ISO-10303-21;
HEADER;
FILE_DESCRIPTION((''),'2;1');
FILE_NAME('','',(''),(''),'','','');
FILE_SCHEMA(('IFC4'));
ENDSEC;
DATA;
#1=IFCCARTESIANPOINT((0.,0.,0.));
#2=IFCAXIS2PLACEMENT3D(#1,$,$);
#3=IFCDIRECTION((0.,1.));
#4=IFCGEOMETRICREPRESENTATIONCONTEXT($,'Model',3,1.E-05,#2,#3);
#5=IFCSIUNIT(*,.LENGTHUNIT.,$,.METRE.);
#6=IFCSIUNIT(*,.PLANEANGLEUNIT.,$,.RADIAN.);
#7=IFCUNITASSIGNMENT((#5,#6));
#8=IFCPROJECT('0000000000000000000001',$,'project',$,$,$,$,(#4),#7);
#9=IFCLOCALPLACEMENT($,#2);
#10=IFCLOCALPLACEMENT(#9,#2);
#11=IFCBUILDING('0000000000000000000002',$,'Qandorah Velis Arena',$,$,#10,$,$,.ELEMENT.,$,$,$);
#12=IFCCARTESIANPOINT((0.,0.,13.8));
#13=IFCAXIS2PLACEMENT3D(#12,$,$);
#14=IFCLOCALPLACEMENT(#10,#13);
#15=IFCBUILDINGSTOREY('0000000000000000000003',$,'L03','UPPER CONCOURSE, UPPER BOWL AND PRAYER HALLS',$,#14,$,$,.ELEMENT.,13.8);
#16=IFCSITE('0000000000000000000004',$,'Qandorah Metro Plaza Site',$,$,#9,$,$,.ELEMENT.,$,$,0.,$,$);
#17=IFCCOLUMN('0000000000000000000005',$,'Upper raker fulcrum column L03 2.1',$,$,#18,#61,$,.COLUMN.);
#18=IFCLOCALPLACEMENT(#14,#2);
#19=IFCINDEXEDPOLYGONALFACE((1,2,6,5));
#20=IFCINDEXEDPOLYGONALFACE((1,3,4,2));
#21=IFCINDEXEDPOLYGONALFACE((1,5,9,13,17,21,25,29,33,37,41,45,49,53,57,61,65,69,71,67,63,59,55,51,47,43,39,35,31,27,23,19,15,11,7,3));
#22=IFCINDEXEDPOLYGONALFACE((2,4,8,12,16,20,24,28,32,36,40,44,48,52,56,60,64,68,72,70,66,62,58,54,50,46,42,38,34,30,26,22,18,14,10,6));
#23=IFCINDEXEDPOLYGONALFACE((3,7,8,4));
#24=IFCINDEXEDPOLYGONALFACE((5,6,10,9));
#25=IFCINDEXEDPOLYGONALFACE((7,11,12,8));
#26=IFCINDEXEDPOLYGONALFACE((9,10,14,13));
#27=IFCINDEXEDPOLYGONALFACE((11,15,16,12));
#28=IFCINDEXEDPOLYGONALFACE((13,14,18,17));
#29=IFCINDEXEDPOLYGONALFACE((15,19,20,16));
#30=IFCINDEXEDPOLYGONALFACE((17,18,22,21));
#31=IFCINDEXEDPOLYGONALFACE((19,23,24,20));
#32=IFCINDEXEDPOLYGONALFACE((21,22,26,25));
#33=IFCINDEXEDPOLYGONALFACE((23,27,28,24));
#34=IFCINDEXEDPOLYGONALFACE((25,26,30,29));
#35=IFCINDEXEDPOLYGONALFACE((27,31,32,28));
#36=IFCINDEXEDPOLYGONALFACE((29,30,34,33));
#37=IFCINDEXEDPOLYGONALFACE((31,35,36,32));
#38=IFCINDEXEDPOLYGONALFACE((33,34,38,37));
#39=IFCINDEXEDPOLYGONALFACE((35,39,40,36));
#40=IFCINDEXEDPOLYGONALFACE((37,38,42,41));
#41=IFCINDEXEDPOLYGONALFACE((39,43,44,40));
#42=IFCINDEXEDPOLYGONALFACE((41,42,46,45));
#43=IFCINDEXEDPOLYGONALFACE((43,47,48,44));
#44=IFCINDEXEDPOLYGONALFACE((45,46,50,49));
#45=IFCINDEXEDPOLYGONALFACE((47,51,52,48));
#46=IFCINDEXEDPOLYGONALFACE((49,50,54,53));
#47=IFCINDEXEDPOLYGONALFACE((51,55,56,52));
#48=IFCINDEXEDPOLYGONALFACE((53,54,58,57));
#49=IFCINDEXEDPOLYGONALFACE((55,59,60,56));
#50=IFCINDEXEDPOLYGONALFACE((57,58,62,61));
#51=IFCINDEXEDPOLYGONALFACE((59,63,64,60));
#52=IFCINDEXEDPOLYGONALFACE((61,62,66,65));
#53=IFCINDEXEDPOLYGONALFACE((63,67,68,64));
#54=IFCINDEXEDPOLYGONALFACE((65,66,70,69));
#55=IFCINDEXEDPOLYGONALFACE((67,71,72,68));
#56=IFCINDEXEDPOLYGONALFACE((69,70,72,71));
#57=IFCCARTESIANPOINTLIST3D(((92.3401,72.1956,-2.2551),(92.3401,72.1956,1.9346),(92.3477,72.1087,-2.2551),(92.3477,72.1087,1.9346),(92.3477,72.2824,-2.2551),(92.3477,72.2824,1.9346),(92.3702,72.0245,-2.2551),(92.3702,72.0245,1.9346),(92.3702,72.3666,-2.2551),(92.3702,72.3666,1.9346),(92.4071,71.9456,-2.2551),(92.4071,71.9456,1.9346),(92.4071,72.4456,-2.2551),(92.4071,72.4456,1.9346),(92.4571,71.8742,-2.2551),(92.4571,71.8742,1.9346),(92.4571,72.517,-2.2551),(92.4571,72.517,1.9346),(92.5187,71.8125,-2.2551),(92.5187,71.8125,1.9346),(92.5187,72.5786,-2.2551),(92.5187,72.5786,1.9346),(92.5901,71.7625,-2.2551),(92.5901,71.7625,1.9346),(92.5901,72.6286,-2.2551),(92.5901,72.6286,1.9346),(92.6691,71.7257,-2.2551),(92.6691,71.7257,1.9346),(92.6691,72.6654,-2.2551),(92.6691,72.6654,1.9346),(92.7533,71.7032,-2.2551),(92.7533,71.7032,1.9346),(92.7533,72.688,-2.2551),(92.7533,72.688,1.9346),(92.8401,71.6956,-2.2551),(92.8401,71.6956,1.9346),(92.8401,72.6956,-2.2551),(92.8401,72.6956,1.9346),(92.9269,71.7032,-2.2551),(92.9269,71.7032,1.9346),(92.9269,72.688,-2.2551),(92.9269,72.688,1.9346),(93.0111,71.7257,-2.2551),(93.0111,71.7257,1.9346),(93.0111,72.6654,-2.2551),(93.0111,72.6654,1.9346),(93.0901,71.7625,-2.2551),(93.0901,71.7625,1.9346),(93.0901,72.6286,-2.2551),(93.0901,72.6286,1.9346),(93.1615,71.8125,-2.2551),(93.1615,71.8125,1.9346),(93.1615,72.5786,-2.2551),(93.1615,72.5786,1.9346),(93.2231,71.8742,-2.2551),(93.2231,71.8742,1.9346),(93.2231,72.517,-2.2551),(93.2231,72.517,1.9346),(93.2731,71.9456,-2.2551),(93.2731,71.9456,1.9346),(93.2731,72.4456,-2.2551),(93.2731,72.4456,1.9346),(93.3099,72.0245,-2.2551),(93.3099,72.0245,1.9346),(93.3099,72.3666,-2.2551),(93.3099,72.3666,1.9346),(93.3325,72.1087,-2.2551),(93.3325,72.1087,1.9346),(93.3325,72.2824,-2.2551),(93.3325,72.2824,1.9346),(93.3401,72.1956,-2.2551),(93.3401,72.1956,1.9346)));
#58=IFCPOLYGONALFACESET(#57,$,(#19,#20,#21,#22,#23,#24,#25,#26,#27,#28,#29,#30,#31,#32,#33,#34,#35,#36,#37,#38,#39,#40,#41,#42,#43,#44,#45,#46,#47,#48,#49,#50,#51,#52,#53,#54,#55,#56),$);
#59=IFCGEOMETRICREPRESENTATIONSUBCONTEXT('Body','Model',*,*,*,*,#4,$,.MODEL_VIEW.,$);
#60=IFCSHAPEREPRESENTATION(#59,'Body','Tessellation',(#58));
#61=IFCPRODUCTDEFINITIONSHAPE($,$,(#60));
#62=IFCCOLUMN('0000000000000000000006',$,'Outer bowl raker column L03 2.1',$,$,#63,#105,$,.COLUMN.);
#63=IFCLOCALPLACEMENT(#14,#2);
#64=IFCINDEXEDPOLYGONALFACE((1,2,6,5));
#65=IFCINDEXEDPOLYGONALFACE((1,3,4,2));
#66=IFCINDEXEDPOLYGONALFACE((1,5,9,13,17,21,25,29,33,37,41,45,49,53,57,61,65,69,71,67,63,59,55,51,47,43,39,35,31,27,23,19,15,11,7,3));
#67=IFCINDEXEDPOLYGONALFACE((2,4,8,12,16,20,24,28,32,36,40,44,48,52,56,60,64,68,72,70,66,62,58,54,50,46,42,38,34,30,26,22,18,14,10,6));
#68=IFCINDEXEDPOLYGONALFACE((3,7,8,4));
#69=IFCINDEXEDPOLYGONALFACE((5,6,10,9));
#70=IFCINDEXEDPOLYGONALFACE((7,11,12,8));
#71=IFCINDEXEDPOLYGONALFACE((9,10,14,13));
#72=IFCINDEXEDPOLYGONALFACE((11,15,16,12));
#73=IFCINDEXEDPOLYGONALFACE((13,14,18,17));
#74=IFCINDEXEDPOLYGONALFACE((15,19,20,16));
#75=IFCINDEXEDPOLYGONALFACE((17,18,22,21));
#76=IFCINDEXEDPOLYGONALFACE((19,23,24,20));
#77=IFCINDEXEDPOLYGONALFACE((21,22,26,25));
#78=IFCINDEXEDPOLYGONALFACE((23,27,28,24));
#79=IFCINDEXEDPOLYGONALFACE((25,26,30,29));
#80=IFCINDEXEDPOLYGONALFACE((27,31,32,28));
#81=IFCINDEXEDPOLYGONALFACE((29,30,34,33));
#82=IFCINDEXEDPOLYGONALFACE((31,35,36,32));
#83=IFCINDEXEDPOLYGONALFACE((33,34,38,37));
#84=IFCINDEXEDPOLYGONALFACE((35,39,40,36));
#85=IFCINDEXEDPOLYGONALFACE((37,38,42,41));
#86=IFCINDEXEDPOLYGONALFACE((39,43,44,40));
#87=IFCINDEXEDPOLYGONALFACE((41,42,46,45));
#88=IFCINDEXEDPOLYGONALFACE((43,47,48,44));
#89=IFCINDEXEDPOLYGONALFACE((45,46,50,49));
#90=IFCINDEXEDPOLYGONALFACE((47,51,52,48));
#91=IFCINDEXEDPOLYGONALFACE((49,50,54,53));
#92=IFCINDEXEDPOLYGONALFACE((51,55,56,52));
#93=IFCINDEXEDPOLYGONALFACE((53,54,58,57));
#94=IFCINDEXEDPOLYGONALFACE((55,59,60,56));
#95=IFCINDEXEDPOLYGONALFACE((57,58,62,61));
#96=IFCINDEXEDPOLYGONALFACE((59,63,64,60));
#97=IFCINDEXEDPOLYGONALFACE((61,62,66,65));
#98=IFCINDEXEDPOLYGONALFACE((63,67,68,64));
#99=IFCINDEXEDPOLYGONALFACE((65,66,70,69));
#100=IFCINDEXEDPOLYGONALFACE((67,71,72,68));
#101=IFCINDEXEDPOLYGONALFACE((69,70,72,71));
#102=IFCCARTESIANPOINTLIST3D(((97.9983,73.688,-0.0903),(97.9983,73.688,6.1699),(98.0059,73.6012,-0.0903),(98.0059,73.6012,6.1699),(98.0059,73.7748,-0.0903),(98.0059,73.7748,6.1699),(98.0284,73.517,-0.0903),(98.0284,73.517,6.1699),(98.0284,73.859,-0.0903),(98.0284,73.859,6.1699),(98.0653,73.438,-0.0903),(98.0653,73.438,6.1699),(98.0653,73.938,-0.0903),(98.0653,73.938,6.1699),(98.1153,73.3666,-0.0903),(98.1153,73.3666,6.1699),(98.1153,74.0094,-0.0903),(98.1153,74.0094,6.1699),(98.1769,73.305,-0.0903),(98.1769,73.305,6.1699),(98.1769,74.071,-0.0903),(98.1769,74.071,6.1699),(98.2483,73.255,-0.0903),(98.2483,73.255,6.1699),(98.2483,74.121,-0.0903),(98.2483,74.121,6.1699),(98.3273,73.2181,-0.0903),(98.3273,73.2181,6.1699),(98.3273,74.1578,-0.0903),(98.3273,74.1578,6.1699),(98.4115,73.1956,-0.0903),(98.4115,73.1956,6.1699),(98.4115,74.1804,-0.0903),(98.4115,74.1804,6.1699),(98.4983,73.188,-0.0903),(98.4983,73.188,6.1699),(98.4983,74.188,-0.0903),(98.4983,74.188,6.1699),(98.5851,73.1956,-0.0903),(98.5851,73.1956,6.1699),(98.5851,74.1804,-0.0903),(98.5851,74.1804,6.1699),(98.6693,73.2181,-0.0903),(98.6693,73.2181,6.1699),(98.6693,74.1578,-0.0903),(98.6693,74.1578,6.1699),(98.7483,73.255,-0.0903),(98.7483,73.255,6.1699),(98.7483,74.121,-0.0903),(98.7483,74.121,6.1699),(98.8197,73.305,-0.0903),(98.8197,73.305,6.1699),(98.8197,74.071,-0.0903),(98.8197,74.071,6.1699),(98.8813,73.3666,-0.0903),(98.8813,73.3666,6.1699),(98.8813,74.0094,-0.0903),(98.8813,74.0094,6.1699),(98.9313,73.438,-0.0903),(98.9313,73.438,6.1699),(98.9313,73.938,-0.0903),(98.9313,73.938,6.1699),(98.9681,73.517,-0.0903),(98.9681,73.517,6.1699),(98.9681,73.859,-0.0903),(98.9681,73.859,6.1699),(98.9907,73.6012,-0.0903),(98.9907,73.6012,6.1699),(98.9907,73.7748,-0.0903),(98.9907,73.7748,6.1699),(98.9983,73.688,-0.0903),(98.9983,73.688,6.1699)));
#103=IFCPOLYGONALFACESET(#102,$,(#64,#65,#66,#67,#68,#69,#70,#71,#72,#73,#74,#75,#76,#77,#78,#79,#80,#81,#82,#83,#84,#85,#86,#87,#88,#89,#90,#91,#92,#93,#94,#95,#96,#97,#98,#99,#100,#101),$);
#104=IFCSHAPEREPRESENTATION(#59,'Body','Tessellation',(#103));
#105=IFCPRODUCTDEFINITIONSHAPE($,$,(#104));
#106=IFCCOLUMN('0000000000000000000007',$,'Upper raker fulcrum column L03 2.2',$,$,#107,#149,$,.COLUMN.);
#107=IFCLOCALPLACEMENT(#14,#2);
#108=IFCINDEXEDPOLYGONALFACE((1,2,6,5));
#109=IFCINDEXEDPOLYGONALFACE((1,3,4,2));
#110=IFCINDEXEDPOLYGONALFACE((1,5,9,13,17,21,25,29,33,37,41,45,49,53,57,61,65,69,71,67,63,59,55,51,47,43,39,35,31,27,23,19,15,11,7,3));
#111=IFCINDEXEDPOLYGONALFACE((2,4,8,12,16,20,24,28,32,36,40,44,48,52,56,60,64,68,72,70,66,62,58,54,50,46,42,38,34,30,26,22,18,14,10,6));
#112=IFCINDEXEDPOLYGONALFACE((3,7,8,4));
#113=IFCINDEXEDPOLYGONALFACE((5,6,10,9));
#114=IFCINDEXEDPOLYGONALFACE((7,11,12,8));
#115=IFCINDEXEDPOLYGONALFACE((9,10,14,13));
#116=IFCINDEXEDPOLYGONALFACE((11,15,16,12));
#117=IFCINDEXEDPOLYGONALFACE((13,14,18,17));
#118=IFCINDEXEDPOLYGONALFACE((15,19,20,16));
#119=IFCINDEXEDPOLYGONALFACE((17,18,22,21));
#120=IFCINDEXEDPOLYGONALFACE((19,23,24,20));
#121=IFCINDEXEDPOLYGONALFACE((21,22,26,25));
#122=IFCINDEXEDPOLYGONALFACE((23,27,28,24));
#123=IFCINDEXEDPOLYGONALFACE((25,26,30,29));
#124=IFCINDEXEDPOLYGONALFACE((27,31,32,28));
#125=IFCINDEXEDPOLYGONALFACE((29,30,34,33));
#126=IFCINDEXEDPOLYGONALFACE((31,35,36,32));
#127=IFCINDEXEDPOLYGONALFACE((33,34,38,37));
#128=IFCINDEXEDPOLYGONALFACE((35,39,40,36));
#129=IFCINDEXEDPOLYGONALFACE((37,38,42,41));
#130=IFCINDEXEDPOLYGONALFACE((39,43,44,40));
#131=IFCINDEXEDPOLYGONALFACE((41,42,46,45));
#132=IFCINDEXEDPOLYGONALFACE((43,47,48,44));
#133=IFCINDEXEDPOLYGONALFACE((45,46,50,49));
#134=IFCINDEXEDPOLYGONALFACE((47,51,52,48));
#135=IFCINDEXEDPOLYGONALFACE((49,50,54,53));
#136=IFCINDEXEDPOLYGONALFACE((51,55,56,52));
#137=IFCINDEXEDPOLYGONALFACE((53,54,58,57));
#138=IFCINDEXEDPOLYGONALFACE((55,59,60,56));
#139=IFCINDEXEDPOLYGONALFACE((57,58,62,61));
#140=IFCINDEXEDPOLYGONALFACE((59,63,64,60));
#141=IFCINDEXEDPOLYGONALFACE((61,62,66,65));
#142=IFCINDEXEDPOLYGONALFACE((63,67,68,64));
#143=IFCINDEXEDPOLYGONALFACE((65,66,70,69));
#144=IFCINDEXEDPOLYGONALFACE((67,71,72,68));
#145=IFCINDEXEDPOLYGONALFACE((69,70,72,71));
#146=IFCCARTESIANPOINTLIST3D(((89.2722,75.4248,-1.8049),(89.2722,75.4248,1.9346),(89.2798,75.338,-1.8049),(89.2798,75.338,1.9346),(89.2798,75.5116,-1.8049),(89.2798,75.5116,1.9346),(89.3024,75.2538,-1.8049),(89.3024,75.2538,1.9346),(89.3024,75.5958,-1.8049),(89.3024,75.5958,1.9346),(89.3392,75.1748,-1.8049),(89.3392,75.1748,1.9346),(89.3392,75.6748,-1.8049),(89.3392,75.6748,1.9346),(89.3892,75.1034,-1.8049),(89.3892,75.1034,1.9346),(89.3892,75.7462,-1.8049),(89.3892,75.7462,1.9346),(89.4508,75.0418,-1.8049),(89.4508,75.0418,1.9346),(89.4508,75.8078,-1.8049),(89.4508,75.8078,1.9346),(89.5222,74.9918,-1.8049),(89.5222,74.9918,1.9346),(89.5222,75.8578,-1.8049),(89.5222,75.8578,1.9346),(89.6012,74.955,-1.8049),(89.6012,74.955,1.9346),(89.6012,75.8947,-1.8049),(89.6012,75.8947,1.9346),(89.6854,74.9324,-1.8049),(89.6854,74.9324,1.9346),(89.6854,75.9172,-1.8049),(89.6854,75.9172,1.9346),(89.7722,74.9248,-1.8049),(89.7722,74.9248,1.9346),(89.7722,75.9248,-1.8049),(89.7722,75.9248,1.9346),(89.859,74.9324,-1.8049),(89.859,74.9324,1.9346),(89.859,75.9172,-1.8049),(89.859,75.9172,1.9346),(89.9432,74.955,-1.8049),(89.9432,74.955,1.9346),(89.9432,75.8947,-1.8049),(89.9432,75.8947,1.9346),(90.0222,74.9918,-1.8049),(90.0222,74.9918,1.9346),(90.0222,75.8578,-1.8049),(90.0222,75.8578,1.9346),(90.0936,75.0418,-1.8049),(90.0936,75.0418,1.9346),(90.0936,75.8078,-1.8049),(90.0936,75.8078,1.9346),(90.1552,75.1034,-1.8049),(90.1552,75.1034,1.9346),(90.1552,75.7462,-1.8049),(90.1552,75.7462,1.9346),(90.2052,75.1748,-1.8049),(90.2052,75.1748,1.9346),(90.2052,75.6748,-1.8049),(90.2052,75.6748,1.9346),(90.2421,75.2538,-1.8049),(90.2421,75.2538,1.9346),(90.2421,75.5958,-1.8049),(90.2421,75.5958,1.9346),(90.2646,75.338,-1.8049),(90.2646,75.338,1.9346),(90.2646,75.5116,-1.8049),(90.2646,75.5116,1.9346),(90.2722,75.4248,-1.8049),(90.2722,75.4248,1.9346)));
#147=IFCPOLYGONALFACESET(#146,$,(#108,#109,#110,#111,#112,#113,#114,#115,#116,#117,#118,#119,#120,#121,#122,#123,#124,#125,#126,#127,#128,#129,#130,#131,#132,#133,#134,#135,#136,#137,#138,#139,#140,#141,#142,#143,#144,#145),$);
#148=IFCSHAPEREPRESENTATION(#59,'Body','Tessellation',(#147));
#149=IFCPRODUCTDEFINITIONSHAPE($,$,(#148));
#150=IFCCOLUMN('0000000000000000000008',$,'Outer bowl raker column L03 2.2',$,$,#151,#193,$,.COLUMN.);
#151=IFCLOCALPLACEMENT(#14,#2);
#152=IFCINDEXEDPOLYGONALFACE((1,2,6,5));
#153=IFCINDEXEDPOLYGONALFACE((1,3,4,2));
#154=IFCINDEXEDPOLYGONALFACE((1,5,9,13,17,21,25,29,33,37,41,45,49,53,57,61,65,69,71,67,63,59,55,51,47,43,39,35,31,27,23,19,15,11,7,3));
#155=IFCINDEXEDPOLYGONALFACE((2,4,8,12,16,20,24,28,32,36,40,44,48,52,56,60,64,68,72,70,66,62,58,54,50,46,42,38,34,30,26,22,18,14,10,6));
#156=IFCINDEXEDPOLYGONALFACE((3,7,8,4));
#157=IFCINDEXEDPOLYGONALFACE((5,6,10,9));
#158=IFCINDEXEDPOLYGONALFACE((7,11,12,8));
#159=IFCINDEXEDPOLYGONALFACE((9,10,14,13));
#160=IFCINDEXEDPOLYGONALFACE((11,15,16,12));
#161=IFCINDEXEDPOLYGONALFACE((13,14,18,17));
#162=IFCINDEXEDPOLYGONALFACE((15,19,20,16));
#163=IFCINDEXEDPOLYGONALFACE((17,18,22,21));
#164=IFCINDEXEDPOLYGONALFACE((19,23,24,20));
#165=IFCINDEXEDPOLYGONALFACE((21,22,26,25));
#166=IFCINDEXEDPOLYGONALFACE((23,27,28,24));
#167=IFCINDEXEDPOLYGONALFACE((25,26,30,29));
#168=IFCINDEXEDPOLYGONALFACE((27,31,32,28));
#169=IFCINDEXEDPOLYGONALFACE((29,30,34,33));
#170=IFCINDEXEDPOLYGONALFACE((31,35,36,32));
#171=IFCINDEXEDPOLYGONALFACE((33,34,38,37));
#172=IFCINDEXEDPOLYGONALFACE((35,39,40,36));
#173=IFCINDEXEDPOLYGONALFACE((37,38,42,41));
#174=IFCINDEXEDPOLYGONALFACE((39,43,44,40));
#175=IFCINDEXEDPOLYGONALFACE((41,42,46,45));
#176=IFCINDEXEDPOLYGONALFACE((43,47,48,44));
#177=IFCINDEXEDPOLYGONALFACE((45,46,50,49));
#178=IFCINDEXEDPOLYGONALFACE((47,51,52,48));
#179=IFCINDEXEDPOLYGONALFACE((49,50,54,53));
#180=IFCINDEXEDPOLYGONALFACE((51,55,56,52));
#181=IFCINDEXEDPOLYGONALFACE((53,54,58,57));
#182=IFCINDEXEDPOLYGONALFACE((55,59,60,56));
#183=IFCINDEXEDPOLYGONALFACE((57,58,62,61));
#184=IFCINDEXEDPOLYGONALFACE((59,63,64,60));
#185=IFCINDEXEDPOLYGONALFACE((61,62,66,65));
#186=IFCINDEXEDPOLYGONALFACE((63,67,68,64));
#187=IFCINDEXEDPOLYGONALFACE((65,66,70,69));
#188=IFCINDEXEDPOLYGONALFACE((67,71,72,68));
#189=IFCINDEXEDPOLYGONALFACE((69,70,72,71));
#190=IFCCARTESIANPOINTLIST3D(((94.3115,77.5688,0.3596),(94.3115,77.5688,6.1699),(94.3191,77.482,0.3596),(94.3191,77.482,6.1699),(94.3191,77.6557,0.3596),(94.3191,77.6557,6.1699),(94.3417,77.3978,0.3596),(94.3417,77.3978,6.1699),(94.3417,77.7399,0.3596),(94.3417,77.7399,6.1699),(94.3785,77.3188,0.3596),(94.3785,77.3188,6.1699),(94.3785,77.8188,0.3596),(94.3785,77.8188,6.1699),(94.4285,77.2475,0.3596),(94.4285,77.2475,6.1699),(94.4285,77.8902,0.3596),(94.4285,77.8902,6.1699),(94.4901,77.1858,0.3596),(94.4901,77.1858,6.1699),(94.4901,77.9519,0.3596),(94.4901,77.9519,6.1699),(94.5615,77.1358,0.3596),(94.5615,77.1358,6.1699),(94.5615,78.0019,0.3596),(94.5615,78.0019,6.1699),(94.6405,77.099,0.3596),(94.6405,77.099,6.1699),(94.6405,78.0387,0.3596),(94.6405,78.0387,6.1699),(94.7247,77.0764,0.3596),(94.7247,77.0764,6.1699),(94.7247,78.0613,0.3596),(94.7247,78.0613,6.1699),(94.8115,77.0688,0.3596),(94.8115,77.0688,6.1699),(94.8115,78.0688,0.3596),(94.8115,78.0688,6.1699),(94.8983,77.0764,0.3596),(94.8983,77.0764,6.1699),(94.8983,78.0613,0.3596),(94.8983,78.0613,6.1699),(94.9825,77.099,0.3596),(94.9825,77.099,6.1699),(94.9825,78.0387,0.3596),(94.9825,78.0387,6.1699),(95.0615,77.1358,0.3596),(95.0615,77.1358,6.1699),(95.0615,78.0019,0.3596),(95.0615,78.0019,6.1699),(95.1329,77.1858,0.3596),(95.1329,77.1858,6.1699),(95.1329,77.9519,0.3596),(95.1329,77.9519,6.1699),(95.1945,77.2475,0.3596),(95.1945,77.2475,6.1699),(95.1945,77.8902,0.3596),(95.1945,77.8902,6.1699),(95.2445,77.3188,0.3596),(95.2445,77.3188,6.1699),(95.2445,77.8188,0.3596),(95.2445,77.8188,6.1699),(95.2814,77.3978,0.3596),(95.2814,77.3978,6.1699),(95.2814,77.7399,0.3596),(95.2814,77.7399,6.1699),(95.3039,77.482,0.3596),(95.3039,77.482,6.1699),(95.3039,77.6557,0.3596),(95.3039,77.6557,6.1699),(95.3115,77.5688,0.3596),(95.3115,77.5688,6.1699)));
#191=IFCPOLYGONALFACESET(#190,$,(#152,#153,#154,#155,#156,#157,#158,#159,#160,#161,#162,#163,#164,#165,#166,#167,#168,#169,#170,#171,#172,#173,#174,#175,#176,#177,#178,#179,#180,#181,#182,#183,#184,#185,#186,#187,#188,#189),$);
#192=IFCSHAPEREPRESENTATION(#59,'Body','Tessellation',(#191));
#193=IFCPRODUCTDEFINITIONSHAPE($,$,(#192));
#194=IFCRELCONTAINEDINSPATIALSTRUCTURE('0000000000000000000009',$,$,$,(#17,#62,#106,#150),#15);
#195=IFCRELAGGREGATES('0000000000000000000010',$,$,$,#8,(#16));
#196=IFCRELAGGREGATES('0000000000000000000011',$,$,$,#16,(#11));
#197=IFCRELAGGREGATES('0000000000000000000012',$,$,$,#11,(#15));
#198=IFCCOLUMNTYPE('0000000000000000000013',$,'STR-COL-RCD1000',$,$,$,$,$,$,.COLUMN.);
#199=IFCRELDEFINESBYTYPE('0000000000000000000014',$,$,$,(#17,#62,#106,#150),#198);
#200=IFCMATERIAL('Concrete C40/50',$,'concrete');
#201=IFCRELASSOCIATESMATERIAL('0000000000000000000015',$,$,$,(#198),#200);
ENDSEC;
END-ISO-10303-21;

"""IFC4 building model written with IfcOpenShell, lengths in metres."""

from ifc_helpers import new_model, si_unit, direction, frame, origin, origin_2d, place, context, subcontext, project, spatial, circle, extrude, material, material_profile, profile_set, type_object, element, save


model = new_model("IFC4")

# Units and contexts
model_context = context("Model", 3, precision=1e-05, world=origin(), true_north=direction((0.0, 1.0)))
body_context = subcontext(model_context, "Body", "Model", "MODEL_VIEW")
ifc_project = project(units=[si_unit("LENGTHUNIT", "METRE"), si_unit("PLANEANGLEUNIT", "RADIAN")], contexts=[model_context])

# Site, building, storey
site_placement = place(None, origin())
site = spatial("IfcSite", under=ifc_project, at=site_placement, Name="Qandorah Metro Plaza Site", CompositionType="ELEMENT", RefElevation=0.0)
building_placement = place(site_placement, origin())
building = spatial("IfcBuilding", under=site, at=building_placement, Name="Qandorah Velis Arena", CompositionType="ELEMENT")
storey_placement = place(building_placement, frame((0.0, 0.0, 13.8)))
storey = spatial("IfcBuildingStorey", under=building, at=storey_placement, Name="L03", Description="UPPER CONCOURSE, UPPER BOWL AND PRAYER HALLS", CompositionType="ELEMENT", Elevation=13.8)

# Columns
ifc_material_1 = material(Name="Concrete C40/50", Category="concrete")
ifc_material_profile_1 = material_profile(ifc_material_1, circle(Radius=0.5, at=origin_2d()), Name="RC D1000")
ifc_profile_set_1 = profile_set([ifc_material_profile_1], Name="Concrete C40/50")
column_type = type_object("IfcColumnType", Name="STR-COL-RCD1000", PredefinedType="COLUMN", material=ifc_profile_set_1)
column_1_placement = place(storey_placement, frame((92.8401, 72.1956, -2.2551), z_axis=(0.0, 0.0, 1.0), x_axis=(1.0, 0.0, 0.0)))
element("IfcColumn", 1, at=column_1_placement, inside=storey, type_object=column_type, Name="Upper raker fulcrum column L03 2.1", PredefinedType="COLUMN", context=body_context, shape_type="SweptSolid", body=[
    extrude(circle(Radius=0.5, at=origin_2d()), origin(), (0.0, 0.0, 1.0), 4.1897),
])
column_2_placement = place(storey_placement, frame((98.4983, 73.688, -0.0903), z_axis=(0.0, 0.0, 1.0), x_axis=(1.0, 0.0, 0.0)))
element("IfcColumn", 2, at=column_2_placement, inside=storey, type_object=column_type, Name="Outer bowl raker column L03 2.1", PredefinedType="COLUMN", context=body_context, shape_type="SweptSolid", body=[
    extrude(circle(Radius=0.5, at=origin_2d()), origin(), (0.0, 0.0, 1.0), 6.2603),
])
column_3_placement = place(storey_placement, frame((89.7722, 75.4248, -1.8049), z_axis=(0.0, 0.0, 1.0), x_axis=(1.0, 0.0, 0.0)))
element("IfcColumn", 3, at=column_3_placement, inside=storey, type_object=column_type, Name="Upper raker fulcrum column L03 2.2", PredefinedType="COLUMN", context=body_context, shape_type="SweptSolid", body=[
    extrude(circle(Radius=0.5, at=origin_2d()), origin(), (0.0, 0.0, 1.0), 3.7395),
])
column_4_placement = place(storey_placement, frame((94.8115, 77.5688, 0.3596), z_axis=(0.0, 0.0, 1.0), x_axis=(1.0, 0.0, 0.0)))
element("IfcColumn", 4, at=column_4_placement, inside=storey, type_object=column_type, Name="Outer bowl raker column L03 2.2", PredefinedType="COLUMN", context=body_context, shape_type="SweptSolid", body=[
    extrude(circle(Radius=0.5, at=origin_2d()), origin(), (0.0, 0.0, 1.0), 5.8103),
])

save(model, "model.ifc")
